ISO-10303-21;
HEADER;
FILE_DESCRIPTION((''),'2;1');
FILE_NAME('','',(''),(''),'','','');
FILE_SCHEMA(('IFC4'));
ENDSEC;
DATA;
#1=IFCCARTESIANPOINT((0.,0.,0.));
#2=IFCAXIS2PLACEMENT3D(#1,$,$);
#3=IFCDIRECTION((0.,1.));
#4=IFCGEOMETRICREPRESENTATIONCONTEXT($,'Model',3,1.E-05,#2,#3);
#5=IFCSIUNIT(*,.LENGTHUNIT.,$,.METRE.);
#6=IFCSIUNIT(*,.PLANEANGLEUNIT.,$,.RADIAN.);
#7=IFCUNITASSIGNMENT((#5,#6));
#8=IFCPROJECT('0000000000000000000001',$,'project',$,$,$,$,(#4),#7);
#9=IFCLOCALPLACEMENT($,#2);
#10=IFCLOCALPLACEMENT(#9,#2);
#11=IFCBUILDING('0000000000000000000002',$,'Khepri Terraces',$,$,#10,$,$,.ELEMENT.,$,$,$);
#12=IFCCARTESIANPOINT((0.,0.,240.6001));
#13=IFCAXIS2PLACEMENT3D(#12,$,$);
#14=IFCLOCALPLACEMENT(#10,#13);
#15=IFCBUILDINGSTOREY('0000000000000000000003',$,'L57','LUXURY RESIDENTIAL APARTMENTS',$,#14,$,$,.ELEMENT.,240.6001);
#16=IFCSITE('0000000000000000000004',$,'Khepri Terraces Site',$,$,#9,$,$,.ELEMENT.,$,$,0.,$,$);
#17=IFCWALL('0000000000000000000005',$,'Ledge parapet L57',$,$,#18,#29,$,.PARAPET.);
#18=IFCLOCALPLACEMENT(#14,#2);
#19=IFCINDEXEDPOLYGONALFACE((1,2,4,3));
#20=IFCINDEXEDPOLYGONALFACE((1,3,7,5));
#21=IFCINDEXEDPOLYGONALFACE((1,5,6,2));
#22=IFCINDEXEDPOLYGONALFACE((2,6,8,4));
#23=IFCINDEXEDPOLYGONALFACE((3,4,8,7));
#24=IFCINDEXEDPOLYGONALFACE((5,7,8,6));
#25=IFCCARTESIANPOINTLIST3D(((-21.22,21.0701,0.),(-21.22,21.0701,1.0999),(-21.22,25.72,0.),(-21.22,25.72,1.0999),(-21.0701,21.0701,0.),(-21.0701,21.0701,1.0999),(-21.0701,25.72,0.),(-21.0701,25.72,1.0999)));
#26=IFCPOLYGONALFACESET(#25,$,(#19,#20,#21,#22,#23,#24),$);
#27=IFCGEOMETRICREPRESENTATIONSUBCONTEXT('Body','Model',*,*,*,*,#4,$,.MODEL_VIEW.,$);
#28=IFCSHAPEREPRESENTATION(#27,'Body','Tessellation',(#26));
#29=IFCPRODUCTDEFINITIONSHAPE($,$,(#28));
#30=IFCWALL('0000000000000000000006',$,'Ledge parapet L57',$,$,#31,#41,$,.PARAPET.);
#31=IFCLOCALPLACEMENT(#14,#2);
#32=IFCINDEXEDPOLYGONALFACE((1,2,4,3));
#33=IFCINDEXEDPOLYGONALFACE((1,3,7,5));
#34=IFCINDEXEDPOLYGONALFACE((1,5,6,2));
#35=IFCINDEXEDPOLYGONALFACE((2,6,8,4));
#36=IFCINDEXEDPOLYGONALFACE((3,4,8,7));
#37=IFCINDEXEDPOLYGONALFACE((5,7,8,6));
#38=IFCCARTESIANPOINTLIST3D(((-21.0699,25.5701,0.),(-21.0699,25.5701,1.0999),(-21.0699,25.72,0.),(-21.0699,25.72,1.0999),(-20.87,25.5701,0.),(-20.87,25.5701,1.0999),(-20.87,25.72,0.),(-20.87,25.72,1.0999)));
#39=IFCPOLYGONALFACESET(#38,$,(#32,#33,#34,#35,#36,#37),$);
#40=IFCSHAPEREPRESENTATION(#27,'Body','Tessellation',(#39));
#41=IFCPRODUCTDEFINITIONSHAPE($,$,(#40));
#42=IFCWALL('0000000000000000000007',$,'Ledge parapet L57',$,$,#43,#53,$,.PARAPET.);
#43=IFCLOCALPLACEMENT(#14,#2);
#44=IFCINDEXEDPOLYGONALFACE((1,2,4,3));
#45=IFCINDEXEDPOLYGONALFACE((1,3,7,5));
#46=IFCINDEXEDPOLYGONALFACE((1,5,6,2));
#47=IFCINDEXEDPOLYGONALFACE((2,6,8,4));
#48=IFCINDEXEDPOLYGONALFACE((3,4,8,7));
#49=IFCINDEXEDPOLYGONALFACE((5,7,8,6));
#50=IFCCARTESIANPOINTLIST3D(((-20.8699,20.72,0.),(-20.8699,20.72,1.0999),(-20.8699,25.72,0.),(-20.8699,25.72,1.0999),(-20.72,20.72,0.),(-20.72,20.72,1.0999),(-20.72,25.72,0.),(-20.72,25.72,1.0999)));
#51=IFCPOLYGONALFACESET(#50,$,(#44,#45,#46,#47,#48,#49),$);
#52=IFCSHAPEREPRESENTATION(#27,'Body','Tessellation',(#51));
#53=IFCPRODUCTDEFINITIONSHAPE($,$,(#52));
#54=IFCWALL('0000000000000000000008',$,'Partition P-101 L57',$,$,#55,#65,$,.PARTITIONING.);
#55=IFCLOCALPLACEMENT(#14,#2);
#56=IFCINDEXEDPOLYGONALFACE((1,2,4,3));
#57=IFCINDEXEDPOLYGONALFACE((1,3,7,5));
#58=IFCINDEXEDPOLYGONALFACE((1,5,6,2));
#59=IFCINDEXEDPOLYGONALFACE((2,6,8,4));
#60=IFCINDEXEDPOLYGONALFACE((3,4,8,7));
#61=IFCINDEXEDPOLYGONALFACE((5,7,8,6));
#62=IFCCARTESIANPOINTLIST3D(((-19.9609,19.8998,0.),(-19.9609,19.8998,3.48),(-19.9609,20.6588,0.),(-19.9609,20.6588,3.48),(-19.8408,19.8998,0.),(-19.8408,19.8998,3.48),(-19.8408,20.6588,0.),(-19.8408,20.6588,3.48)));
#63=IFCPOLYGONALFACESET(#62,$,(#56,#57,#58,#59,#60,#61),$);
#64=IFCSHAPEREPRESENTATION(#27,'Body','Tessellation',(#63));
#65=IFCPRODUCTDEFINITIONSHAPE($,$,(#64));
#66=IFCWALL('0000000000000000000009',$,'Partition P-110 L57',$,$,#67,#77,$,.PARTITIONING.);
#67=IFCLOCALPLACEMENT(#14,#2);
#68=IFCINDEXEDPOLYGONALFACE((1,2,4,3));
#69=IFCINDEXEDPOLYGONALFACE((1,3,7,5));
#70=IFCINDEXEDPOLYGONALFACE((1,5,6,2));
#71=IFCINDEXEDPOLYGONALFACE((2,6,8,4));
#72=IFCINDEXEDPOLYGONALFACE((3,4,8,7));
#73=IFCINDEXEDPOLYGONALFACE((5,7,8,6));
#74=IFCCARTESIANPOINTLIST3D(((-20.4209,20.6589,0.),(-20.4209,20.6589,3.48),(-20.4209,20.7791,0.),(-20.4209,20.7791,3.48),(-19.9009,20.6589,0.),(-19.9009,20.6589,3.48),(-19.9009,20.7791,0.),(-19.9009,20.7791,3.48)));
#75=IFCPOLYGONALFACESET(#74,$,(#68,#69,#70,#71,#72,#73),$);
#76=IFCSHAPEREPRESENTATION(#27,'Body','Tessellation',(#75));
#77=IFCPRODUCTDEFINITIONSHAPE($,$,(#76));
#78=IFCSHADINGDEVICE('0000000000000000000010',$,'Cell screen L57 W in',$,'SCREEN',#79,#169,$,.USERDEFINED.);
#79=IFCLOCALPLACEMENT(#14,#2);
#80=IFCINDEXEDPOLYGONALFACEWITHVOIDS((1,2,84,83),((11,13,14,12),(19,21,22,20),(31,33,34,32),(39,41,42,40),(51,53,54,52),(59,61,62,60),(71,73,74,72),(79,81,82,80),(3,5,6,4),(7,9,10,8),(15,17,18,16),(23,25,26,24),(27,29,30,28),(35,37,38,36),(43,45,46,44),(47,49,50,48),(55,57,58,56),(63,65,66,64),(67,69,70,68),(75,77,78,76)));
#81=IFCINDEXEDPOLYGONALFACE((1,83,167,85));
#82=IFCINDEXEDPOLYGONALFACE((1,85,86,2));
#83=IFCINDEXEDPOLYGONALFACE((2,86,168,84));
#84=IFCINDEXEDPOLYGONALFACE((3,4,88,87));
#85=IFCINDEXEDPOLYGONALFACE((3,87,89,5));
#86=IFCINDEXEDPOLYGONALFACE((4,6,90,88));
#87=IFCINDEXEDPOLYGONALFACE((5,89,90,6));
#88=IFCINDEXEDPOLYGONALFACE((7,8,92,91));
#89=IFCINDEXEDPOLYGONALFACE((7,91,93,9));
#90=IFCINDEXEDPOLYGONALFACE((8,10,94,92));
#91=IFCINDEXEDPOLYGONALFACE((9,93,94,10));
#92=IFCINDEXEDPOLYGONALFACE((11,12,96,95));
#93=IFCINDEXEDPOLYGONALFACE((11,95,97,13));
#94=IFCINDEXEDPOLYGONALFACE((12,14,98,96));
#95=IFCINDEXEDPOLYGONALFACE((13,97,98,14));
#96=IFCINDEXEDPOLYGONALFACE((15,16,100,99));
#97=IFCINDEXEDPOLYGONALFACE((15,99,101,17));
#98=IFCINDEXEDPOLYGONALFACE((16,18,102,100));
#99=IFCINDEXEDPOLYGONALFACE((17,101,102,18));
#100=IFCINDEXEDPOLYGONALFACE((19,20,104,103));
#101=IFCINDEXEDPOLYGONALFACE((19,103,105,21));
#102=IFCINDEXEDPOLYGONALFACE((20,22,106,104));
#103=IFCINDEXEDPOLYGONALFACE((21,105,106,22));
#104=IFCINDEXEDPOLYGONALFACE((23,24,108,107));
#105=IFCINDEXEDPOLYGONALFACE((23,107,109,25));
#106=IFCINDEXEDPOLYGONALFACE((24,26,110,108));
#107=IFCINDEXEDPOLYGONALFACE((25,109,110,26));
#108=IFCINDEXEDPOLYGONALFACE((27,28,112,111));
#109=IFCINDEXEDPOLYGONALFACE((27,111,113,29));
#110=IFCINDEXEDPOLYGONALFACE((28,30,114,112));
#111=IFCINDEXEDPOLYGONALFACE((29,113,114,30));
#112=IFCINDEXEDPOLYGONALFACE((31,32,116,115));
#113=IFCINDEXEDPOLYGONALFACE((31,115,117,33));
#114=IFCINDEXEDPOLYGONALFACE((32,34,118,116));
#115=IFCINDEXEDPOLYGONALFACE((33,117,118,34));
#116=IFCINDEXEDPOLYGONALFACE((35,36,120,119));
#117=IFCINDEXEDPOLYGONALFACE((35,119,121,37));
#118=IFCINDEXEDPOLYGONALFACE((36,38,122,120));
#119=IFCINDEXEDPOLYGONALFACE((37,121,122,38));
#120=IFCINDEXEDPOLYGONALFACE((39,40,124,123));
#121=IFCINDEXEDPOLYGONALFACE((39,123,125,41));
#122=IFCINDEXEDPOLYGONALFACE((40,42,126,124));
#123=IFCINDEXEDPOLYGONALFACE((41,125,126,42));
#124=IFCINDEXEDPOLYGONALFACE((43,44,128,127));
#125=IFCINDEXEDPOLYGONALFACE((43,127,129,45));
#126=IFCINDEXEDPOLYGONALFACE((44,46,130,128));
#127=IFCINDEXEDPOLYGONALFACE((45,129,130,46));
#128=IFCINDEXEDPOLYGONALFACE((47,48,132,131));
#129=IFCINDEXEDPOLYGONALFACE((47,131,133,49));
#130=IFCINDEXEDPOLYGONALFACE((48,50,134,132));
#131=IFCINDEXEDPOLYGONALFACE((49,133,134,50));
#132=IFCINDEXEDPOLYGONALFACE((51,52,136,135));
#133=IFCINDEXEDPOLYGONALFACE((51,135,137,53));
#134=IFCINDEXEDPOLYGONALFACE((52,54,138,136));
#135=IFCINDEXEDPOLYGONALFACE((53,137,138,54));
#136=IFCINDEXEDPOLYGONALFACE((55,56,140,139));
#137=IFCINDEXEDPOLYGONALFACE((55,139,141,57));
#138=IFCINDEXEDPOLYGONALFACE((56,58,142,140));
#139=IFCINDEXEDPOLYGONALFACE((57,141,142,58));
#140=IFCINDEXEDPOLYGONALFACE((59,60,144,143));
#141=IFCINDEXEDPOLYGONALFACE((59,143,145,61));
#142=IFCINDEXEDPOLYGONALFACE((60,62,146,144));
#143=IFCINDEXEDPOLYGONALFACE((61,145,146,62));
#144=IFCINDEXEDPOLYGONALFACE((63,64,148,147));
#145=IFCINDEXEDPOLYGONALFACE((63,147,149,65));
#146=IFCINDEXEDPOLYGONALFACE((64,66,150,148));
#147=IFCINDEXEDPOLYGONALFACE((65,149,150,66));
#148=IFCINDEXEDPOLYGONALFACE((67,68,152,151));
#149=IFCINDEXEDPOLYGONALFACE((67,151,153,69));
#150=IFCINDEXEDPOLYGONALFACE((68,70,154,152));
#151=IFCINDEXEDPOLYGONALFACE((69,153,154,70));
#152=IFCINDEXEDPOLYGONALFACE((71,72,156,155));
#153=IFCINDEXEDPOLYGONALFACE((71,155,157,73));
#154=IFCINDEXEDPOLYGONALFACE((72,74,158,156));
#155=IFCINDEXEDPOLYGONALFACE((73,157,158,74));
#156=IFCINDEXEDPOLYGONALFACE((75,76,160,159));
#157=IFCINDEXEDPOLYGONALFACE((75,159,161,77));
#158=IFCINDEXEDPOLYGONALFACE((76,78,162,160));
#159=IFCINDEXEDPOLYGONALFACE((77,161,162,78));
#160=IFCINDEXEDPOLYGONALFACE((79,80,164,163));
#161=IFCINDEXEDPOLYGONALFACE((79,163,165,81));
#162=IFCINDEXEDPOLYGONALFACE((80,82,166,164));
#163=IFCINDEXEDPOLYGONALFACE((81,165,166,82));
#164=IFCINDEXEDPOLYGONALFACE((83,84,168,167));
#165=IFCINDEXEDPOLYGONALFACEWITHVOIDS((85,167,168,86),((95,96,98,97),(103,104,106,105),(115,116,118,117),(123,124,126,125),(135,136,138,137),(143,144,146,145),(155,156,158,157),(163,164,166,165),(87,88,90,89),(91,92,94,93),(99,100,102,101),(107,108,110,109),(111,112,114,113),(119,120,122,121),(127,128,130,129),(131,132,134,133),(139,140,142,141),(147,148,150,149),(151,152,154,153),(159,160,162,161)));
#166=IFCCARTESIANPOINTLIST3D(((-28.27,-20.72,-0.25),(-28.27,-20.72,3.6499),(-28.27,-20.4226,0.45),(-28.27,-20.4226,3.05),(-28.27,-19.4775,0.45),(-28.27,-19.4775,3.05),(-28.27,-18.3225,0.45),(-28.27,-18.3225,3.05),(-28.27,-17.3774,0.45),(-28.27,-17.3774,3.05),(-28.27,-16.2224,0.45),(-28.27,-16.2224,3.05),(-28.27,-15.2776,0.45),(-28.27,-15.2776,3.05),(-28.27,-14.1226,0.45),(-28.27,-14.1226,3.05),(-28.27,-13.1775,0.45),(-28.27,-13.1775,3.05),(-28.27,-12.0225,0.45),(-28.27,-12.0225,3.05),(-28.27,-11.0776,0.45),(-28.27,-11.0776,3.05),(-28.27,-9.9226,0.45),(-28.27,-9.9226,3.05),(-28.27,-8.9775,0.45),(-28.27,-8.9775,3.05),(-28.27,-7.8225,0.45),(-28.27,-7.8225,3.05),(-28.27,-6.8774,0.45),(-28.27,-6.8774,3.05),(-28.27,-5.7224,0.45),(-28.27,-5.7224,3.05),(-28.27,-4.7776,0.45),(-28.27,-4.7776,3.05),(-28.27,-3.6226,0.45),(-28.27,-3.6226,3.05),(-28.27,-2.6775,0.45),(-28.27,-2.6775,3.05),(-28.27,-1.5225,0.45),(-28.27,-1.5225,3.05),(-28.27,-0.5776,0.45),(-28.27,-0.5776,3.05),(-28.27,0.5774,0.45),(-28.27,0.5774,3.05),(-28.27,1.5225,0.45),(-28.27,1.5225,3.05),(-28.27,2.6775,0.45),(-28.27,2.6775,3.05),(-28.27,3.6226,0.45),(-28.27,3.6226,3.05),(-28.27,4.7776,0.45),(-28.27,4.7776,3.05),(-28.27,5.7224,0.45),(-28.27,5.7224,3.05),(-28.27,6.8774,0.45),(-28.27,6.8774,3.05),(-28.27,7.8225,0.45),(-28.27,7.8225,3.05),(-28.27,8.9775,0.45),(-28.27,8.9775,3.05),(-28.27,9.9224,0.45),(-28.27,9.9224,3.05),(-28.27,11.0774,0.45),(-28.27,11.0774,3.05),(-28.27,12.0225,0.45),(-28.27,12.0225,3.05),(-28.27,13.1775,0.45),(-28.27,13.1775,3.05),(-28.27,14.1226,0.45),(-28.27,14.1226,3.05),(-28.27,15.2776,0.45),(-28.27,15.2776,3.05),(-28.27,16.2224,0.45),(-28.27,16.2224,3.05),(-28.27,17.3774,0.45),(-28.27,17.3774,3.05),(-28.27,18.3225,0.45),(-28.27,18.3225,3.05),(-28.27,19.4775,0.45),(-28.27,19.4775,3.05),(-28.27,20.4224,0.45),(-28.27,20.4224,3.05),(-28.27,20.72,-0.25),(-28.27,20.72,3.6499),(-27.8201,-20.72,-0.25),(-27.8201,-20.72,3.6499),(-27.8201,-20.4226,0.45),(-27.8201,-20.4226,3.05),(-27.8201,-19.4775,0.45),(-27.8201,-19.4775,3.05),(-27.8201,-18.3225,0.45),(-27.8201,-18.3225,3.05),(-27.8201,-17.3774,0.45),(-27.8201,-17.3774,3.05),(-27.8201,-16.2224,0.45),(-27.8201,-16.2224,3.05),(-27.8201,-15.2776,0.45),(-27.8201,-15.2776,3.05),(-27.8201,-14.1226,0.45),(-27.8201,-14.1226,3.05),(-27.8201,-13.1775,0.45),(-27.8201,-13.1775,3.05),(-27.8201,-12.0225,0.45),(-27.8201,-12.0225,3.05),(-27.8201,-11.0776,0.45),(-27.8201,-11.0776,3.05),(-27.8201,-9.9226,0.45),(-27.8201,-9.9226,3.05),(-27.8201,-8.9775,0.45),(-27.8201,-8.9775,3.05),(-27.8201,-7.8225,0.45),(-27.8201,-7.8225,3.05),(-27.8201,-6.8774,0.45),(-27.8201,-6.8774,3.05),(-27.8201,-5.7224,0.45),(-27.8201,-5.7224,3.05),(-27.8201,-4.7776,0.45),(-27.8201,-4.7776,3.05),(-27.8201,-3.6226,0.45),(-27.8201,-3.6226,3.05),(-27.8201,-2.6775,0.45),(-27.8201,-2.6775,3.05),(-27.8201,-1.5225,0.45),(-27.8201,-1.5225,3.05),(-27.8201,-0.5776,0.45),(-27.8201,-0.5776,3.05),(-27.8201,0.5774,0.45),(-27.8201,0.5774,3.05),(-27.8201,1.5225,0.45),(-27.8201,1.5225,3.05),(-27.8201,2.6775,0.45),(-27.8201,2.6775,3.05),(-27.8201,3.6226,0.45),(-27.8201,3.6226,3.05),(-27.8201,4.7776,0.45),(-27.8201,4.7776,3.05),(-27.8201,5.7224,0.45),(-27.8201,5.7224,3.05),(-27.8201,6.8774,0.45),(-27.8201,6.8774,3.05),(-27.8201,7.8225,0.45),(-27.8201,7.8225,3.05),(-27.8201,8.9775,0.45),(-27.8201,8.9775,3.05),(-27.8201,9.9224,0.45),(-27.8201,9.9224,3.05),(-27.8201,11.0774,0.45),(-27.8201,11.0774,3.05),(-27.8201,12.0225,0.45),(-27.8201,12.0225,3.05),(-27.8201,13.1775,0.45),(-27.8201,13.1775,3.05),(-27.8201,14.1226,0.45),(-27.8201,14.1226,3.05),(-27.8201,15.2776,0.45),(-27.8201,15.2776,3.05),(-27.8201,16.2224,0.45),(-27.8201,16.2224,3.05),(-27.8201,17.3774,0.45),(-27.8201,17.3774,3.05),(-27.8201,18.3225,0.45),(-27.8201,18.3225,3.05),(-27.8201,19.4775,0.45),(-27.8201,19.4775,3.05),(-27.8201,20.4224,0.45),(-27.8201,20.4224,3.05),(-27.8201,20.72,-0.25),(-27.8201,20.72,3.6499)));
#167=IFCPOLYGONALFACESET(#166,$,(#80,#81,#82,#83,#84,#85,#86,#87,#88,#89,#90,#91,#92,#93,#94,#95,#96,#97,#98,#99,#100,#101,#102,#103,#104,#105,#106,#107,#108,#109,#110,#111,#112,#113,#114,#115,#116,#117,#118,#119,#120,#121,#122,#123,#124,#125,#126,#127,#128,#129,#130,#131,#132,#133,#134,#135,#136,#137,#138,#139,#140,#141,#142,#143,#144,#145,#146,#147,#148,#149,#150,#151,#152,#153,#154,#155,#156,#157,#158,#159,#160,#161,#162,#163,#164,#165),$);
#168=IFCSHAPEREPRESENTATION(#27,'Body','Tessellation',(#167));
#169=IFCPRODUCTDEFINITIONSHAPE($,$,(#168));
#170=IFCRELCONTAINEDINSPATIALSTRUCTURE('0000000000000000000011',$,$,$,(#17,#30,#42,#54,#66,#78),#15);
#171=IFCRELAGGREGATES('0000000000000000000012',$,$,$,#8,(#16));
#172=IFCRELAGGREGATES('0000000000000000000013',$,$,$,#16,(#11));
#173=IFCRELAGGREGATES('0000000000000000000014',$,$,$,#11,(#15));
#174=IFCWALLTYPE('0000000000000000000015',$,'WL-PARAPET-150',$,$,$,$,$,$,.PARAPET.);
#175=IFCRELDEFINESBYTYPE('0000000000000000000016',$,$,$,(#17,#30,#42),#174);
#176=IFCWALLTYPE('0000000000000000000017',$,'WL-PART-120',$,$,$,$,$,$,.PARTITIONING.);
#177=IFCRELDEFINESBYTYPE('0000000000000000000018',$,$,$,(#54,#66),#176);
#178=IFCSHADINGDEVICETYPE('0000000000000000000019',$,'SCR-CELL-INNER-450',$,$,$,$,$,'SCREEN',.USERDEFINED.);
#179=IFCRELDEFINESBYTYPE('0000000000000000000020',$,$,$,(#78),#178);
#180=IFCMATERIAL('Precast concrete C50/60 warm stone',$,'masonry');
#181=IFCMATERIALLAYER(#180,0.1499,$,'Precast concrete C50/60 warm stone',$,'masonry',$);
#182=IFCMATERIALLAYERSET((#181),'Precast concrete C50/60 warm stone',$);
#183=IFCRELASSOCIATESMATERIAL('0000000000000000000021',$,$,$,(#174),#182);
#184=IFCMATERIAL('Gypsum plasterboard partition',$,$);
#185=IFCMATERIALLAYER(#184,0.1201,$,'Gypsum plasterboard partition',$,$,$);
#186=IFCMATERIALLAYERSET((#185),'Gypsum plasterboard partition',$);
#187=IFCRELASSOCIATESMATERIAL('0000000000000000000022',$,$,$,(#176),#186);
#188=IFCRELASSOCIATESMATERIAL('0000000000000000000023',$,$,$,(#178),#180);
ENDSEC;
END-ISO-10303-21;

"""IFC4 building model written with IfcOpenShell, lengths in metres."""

from ifc_helpers import new_model, si_unit, direction, frame, frame_2d, origin, place, context, subcontext, project, spatial, polyline, rectangle, outline, extrude, material, layer, layer_set, type_object, element, save


model = new_model("IFC4")

# Units and contexts
model_context = context("Model", 3, precision=1e-05, world=origin(), true_north=direction((0.0, 1.0)))
body_context = subcontext(model_context, "Body", "Model", "MODEL_VIEW")
ifc_project = project(units=[si_unit("LENGTHUNIT", "METRE"), si_unit("PLANEANGLEUNIT", "RADIAN")], contexts=[model_context])

# Site, building, storey
site_placement = place(None, origin())
site = spatial("IfcSite", under=ifc_project, at=site_placement, Name="Khepri Terraces Site", CompositionType="ELEMENT", RefElevation=0.0)
building_placement = place(site_placement, origin())
building = spatial("IfcBuilding", under=site, at=building_placement, Name="Khepri Terraces", CompositionType="ELEMENT")
storey_placement = place(building_placement, frame((0.0, 0.0, 240.6001)))
storey = spatial("IfcBuildingStorey", under=building, at=storey_placement, Name="L57", Description="LUXURY RESIDENTIAL APARTMENTS", CompositionType="ELEMENT", Elevation=240.6001)

# Shared definitions
ifc_material_1 = material(Name="Precast concrete C50/60 warm stone", Category="masonry")

# Walls
ifc_layer_1 = layer(ifc_material_1, 0.1499, Name="Precast concrete C50/60 warm stone", Category="masonry")
ifc_layer_set_1 = layer_set([ifc_layer_1], Name="Precast concrete C50/60 warm stone")
wall_type_1 = type_object("IfcWallType", Name="WL-PARAPET-150", PredefinedType="PARAPET", material=ifc_layer_set_1)
wall_1_placement = place(storey_placement, frame((-21.145, 21.0701, 0.0), z_axis=(0.0, 0.0, 1.0), x_axis=(0.0, 1.0, 0.0)))
element("IfcWall", 1, at=wall_1_placement, inside=storey, type_object=wall_type_1, Name="Ledge parapet L57", PredefinedType="PARAPET", context=body_context, shape_type="SweptSolid", body=[
    extrude(rectangle(XDim=4.6499, YDim=0.1499, at=frame_2d((2.325, 0.0))), origin(), (0.0, 0.0, 1.0), 1.0999),
])
wall_2_placement = place(storey_placement, frame((-21.0701, 25.645, 0.0), z_axis=(0.0, 0.0, 1.0), x_axis=(1.0, 0.0, 0.0)))
element("IfcWall", 2, at=wall_2_placement, inside=storey, type_object=wall_type_1, Name="Ledge parapet L57", PredefinedType="PARAPET", context=body_context, shape_type="SweptSolid", body=[
    extrude(rectangle(XDim=0.2, YDim=0.1499, at=frame_2d((0.1001, 0.0))), origin(), (0.0, 0.0, 1.0), 1.0999),
])
wall_3_placement = place(storey_placement, frame((-20.7949, 20.72, 0.0), z_axis=(0.0, 0.0, 1.0), x_axis=(0.0, 1.0, 0.0)))
element("IfcWall", 3, at=wall_3_placement, inside=storey, type_object=wall_type_1, Name="Ledge parapet L57", PredefinedType="PARAPET", context=body_context, shape_type="SweptSolid", body=[
    extrude(rectangle(XDim=5.0, YDim=0.1499, at=frame_2d((2.5, 0.0))), origin(), (0.0, 0.0, 1.0), 1.0999),
])
ifc_material_2 = material(Name="Gypsum plasterboard partition")
ifc_layer_2 = layer(ifc_material_2, 0.1201, Name="Gypsum plasterboard partition")
ifc_layer_set_2 = layer_set([ifc_layer_2], Name="Gypsum plasterboard partition")
wall_type_2 = type_object("IfcWallType", Name="WL-PART-120", PredefinedType="PARTITIONING", material=ifc_layer_set_2)
wall_4_placement = place(storey_placement, frame((-19.9009, 19.8999, 0.0), z_axis=(0.0, 0.0, 1.0), x_axis=(0.0, 1.0, 0.0)))
element("IfcWall", 4, at=wall_4_placement, inside=storey, type_object=wall_type_2, Name="Partition P-101 L57", PredefinedType="PARTITIONING", context=body_context, shape_type="SweptSolid", body=[
    extrude(rectangle(XDim=0.759, YDim=0.1201, at=frame_2d((0.3794, 0.0))), origin(), (0.0, 0.0, 1.0), 3.48),
])
wall_5_placement = place(storey_placement, frame((-20.4209, 20.719, 0.0), z_axis=(0.0, 0.0, 1.0), x_axis=(1.0, 0.0, 0.0)))
element("IfcWall", 5, at=wall_5_placement, inside=storey, type_object=wall_type_2, Name="Partition P-110 L57", PredefinedType="PARTITIONING", context=body_context, shape_type="SweptSolid", body=[
    extrude(rectangle(XDim=0.52, YDim=0.1201, at=frame_2d((0.26, 0.0))), origin(), (0.0, 0.0, 1.0), 3.48),
])

# Shading device
shading_device_type_1 = type_object("IfcShadingDeviceType", Name="SCR-CELL-INNER-450", ElementType="SCREEN", PredefinedType="USERDEFINED", material=ifc_material_1)
shading_device_1_placement = place(storey_placement, frame((-27.8201, 20.72, -0.25), z_axis=(-1.0, 0.0, 0.0), x_axis=(0.0, -1.0, 0.0)))
element("IfcShadingDevice", 6, at=shading_device_1_placement, inside=storey, type_object=shading_device_type_1, Name="Cell screen L57 W in", ObjectType="SCREEN", PredefinedType="USERDEFINED", context=body_context, shape_type="SweptSolid", body=[
    extrude(outline(polyline([(0.0, 0.0), (41.4399, 0.0), (41.4399, 3.8999), (0.0, 3.8999), (0.0, 0.0)]), holes=[polyline([(0.2976, 0.7), (1.2424, 0.7), (1.2424, 3.3), (0.2976, 3.3), (0.2976, 0.7)]), polyline([(2.3975, 0.7), (3.3425, 0.7), (3.3425, 3.3), (2.3975, 3.3), (2.3975, 0.7)]), polyline([(4.4976, 0.7), (5.4424, 0.7), (5.4424, 3.3), (4.4976, 3.3), (4.4976, 0.7)]), polyline([(6.5974, 0.7), (7.5425, 0.7), (7.5425, 3.3), (6.5974, 3.3), (6.5974, 0.7)]), polyline([(8.6975, 0.7), (9.6426, 0.7), (9.6426, 3.3), (8.6975, 3.3), (8.6975, 0.7)]), polyline([(10.7976, 0.7), (11.7424, 0.7), (11.7424, 3.3), (10.7976, 3.3), (10.7976, 0.7)]), polyline([(12.8975, 0.7), (13.8425, 0.7), (13.8425, 3.3), (12.8975, 3.3), (12.8975, 0.7)]), polyline([(14.9976, 0.7), (15.9424, 0.7), (15.9424, 3.3), (14.9976, 3.3), (14.9976, 0.7)]), polyline([(17.0974, 0.7), (18.0425, 0.7), (18.0425, 3.3), (17.0974, 3.3), (17.0974, 0.7)]), polyline([(19.1975, 0.7), (20.1426, 0.7), (20.1426, 3.3), (19.1975, 3.3), (19.1975, 0.7)]), polyline([(21.2976, 0.7), (22.2424, 0.7), (22.2424, 3.3), (21.2976, 3.3), (21.2976, 0.7)]), polyline([(23.3975, 0.7), (24.3425, 0.7), (24.3425, 3.3), (23.3975, 3.3), (23.3975, 0.7)]), polyline([(25.4976, 0.7), (26.4424, 0.7), (26.4424, 3.3), (25.4976, 3.3), (25.4976, 0.7)]), polyline([(27.5974, 0.7), (28.5425, 0.7), (28.5425, 3.3), (27.5974, 3.3), (27.5974, 0.7)]), polyline([(29.6975, 0.7), (30.6426, 0.7), (30.6426, 3.3), (29.6975, 3.3), (29.6975, 0.7)]), polyline([(31.7976, 0.7), (32.7424, 0.7), (32.7424, 3.3), (31.7976, 3.3), (31.7976, 0.7)]), polyline([(33.8975, 0.7), (34.8425, 0.7), (34.8425, 3.3), (33.8975, 3.3), (33.8975, 0.7)]), polyline([(35.9976, 0.7), (36.9424, 0.7), (36.9424, 3.3), (35.9976, 3.3), (35.9976, 0.7)]), polyline([(38.0974, 0.7), (39.0425, 0.7), (39.0425, 3.3), (38.0974, 3.3), (38.0974, 0.7)]), polyline([(40.1975, 0.7), (41.1426, 0.7), (41.1426, 3.3), (40.1975, 3.3), (40.1975, 0.7)])]), origin(), (0.0, 0.0, 1.0), 0.45),
])

save(model, "model.ifc")
